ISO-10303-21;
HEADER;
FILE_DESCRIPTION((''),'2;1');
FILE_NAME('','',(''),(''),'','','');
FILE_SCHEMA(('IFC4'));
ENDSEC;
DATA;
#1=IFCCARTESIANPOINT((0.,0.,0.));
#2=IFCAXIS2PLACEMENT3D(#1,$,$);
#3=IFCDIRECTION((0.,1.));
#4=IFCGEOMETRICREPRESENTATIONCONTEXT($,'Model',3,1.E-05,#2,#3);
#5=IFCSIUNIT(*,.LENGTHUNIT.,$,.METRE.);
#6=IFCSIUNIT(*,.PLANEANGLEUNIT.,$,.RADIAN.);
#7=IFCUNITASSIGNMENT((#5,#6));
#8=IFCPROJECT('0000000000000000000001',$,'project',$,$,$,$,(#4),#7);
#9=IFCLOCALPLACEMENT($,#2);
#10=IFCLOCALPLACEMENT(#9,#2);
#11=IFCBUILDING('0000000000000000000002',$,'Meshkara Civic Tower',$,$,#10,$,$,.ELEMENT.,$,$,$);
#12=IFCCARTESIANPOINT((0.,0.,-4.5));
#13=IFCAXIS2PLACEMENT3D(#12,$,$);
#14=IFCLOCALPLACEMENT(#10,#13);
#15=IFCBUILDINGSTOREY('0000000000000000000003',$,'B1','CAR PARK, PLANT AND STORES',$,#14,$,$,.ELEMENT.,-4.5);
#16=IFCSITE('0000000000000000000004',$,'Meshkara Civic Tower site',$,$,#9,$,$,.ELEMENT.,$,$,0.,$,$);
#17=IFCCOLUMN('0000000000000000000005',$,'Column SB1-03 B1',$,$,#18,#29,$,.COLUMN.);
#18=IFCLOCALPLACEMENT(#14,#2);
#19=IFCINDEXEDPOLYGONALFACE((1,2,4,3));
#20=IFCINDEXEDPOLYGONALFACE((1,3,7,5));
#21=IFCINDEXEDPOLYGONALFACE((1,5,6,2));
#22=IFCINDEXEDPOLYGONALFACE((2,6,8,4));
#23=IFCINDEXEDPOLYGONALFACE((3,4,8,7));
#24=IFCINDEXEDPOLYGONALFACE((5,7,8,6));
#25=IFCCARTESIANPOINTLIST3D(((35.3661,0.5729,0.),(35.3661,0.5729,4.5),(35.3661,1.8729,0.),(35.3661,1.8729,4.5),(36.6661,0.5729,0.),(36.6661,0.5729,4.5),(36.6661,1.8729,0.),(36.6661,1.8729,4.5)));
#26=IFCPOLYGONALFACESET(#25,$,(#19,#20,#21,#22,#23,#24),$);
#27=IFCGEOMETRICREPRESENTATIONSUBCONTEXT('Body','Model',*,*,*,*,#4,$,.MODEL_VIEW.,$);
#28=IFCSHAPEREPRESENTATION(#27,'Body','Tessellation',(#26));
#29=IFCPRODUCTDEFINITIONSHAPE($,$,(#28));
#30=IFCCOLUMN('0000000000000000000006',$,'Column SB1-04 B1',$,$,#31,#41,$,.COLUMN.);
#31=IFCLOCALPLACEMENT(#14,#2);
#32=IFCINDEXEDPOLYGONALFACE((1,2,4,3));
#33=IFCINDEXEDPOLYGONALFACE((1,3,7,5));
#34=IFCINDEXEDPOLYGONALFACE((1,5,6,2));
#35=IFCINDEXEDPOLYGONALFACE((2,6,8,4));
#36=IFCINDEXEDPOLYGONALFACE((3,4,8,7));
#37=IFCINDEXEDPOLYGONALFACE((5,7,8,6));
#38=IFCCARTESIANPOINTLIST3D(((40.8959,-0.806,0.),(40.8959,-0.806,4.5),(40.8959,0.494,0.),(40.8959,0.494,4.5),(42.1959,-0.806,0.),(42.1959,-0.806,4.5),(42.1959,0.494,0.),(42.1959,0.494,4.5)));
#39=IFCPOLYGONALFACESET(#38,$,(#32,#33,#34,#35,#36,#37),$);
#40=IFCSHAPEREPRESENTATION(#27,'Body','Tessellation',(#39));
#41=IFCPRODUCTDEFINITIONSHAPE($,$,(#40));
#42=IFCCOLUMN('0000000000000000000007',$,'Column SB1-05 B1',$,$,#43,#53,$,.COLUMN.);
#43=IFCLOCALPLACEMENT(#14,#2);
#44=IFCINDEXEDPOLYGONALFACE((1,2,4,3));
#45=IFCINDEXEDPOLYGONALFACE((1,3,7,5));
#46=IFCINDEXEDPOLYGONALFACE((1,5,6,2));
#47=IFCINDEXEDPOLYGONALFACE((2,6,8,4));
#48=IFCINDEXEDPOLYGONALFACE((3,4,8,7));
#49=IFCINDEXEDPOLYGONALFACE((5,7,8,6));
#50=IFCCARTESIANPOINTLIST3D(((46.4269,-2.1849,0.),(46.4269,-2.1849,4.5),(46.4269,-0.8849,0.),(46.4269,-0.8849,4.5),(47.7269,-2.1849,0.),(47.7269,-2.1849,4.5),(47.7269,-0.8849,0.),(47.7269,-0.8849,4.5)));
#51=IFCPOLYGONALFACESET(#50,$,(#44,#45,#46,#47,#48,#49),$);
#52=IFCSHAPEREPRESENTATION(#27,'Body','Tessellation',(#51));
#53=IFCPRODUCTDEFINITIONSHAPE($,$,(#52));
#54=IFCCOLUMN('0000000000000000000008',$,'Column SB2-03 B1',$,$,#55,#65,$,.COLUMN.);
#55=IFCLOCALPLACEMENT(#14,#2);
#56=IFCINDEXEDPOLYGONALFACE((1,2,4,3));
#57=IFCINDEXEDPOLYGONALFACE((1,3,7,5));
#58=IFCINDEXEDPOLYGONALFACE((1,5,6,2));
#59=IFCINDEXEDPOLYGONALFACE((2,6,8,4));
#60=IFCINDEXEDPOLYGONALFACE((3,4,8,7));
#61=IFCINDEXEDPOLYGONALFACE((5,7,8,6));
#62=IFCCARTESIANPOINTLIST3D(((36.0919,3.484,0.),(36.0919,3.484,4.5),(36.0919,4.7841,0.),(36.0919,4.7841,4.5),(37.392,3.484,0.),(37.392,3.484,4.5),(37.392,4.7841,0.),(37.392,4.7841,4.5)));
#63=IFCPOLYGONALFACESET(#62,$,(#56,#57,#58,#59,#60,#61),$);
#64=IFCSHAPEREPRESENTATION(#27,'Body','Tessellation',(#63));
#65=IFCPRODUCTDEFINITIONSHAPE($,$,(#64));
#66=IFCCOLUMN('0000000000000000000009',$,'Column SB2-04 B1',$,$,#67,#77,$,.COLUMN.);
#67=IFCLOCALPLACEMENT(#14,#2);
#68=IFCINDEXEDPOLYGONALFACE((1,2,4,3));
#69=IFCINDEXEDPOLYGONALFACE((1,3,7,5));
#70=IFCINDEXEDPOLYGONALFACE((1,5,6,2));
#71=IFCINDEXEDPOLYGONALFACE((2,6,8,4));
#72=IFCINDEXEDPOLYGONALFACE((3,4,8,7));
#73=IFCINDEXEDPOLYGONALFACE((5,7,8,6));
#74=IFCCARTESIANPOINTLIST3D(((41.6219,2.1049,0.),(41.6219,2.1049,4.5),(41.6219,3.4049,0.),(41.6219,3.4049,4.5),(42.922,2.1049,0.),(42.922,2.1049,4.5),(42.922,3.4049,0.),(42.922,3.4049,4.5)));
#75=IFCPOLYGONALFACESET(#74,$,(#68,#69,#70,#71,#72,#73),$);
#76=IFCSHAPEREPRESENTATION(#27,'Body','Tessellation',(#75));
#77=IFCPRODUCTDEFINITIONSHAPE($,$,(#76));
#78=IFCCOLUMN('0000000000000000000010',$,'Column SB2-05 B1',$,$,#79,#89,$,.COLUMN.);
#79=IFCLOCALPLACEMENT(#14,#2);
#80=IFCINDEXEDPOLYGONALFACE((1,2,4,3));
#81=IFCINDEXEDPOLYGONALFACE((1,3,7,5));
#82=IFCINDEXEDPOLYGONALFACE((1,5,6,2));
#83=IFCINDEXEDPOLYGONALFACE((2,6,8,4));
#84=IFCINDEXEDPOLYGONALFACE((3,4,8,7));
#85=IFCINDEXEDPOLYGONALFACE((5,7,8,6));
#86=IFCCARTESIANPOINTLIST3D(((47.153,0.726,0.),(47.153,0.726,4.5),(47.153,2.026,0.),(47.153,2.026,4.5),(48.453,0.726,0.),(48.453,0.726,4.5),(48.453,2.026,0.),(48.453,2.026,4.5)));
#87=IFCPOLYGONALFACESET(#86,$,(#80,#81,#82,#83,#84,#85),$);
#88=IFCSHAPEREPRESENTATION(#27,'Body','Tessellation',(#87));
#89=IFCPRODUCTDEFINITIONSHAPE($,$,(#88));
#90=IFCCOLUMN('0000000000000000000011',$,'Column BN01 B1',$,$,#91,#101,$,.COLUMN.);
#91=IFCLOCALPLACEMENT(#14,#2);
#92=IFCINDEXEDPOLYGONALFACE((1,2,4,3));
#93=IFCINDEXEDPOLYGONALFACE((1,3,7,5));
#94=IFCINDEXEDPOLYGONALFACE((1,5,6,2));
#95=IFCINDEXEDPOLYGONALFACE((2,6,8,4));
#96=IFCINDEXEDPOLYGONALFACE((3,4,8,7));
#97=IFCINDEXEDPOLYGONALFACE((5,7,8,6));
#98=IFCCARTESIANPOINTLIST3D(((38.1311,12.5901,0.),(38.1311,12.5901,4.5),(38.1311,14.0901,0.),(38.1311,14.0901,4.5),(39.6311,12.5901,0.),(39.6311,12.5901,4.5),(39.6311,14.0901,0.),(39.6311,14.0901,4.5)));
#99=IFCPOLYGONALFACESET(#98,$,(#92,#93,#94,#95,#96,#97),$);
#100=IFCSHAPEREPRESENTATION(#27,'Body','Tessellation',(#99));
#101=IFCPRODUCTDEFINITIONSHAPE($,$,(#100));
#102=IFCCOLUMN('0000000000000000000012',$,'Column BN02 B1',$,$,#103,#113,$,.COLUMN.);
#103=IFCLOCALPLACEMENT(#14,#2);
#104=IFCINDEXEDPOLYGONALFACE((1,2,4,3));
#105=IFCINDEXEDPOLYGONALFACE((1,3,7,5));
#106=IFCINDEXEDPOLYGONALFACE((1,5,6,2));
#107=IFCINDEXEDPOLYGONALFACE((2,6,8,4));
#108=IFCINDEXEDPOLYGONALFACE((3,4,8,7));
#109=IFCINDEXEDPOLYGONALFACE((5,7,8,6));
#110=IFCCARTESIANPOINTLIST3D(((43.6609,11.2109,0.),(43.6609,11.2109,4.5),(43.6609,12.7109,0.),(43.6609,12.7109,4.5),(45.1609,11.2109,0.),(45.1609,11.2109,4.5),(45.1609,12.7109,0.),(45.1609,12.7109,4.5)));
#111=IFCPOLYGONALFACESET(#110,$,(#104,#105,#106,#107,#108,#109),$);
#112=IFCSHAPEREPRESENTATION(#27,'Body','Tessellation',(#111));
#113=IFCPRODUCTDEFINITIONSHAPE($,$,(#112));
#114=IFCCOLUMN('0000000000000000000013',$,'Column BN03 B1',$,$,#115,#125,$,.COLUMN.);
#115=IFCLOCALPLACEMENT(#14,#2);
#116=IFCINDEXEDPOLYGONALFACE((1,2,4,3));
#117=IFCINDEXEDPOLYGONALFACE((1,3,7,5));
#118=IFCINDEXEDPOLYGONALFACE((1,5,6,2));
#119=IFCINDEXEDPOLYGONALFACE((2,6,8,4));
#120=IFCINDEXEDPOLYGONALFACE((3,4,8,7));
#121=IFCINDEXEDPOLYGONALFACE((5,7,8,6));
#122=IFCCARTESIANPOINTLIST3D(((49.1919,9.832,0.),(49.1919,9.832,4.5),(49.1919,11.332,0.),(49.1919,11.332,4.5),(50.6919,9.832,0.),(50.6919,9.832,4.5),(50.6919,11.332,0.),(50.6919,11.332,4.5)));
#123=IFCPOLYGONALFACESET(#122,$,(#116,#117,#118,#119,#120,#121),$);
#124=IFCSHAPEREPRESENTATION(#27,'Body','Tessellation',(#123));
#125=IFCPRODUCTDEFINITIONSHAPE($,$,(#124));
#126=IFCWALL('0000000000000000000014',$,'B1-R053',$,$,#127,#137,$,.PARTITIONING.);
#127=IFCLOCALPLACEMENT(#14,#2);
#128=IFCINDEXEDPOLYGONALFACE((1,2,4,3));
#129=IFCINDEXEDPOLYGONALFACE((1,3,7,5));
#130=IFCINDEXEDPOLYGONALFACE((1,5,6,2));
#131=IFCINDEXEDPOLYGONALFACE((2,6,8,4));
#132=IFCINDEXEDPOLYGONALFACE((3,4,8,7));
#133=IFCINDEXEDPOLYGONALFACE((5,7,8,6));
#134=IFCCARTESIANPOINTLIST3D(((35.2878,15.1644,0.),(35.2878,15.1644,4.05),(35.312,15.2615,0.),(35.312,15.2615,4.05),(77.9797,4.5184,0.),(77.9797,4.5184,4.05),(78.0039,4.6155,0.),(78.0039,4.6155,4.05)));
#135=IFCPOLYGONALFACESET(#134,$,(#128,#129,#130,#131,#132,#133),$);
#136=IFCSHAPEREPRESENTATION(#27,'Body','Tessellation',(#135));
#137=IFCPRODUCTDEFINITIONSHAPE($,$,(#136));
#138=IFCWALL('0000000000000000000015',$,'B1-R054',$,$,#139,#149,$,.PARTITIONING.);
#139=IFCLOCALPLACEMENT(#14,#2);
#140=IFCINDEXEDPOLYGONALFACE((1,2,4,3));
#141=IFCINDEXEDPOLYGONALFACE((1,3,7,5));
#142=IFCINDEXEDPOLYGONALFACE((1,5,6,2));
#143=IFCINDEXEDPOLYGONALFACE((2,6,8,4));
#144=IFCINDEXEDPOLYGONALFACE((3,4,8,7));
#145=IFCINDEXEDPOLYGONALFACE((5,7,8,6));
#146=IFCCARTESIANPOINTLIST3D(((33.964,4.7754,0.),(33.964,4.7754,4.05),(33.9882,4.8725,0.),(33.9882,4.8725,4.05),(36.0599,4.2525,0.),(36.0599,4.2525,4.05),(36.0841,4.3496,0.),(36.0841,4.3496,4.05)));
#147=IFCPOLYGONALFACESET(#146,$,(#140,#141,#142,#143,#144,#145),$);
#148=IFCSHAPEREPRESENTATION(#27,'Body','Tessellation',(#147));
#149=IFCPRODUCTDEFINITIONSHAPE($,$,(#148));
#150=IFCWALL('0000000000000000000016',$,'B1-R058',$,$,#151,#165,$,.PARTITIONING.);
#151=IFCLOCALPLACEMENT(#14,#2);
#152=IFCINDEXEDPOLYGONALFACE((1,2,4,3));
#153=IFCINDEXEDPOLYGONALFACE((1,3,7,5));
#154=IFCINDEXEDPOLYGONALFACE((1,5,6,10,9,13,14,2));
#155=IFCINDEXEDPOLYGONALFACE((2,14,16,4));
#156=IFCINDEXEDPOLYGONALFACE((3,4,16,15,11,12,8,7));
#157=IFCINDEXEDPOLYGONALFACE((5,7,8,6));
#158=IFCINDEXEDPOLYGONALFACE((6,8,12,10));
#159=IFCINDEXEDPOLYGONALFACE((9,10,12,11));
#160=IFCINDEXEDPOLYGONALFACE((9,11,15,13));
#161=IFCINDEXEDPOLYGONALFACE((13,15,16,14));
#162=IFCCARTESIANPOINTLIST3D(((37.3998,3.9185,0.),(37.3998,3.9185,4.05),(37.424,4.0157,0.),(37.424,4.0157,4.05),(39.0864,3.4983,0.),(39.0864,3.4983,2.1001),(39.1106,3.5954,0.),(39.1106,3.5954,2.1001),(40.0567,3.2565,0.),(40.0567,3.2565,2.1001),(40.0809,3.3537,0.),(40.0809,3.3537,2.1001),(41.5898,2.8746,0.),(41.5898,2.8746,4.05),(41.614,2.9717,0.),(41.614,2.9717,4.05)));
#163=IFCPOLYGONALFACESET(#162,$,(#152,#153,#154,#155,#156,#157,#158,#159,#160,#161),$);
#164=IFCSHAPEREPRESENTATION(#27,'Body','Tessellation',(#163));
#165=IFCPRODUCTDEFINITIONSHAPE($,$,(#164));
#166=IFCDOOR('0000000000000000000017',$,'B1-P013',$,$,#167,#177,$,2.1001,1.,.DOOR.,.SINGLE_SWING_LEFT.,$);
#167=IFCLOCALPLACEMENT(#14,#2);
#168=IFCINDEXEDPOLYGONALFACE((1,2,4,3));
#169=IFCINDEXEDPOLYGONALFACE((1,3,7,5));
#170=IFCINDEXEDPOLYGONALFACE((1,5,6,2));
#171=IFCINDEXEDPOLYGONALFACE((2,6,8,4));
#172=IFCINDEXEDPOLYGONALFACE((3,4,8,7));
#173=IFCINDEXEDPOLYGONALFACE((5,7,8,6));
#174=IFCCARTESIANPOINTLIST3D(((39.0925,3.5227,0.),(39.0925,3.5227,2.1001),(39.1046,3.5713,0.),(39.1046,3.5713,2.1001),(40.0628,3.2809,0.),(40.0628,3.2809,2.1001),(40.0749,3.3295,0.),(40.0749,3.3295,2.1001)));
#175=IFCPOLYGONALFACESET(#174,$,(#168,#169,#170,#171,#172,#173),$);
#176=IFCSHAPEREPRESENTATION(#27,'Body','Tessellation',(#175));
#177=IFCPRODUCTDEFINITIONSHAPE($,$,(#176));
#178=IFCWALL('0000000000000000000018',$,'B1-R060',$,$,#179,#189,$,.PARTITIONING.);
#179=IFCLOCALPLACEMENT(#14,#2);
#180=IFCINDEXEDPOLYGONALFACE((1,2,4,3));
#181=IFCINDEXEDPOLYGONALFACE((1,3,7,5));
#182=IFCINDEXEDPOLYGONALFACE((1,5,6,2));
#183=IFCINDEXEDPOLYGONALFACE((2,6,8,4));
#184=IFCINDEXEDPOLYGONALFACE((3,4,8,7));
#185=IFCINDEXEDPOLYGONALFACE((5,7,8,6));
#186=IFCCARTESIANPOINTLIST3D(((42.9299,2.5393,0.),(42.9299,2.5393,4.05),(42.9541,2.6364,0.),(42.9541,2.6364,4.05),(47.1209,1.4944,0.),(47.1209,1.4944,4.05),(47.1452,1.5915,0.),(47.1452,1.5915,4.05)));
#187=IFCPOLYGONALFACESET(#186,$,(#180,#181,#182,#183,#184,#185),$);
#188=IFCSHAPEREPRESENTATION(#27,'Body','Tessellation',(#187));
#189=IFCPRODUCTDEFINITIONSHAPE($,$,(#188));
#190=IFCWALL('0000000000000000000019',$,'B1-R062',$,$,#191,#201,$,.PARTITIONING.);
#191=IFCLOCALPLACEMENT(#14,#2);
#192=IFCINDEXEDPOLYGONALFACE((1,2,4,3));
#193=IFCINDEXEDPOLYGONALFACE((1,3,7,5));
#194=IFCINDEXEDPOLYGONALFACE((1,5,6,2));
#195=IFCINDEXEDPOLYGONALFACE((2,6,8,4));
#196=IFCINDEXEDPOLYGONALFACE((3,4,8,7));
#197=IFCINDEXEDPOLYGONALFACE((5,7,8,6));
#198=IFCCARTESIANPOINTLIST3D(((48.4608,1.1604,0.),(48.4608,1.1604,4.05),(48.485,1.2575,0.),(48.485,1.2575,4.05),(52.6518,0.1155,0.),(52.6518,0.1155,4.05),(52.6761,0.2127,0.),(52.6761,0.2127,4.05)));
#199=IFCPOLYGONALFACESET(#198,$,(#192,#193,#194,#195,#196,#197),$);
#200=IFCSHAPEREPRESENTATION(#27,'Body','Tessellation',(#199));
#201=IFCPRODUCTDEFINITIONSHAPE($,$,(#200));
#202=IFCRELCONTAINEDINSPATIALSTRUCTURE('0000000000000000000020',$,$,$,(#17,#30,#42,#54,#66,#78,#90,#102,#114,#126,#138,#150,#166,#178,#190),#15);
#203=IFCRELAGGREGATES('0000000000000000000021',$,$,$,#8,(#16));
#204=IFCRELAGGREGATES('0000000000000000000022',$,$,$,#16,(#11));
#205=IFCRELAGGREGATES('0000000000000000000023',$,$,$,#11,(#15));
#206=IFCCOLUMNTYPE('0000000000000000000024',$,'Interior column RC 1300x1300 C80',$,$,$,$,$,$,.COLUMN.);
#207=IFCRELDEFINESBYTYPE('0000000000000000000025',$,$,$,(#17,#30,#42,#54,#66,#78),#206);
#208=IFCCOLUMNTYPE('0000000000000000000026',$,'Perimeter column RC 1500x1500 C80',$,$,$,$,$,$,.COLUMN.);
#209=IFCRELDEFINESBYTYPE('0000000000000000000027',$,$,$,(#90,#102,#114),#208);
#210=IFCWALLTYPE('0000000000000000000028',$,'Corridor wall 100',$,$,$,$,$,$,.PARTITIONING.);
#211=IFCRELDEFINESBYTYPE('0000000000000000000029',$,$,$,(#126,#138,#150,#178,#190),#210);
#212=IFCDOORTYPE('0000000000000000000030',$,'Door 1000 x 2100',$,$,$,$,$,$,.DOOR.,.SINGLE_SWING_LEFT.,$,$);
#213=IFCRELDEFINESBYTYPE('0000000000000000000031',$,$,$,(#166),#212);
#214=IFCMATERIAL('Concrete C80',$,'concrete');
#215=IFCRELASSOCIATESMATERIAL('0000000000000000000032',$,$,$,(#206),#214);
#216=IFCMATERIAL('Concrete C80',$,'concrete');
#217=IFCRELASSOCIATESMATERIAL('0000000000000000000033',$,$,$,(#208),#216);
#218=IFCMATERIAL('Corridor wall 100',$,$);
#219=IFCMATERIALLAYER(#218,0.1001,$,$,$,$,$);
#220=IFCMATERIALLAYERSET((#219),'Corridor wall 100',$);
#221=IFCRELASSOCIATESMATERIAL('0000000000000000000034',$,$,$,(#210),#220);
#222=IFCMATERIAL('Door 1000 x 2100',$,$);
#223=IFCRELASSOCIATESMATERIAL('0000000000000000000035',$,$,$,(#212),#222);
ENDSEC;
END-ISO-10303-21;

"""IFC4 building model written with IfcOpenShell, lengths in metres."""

from ifc_helpers import new_model, si_unit, direction, frame, frame_2d, origin, origin_2d, place, context, subcontext, project, spatial, rectangle, extrude, material, layer, layer_set, material_profile, profile_set, type_object, element, fill, save


model = new_model("IFC4")

# Units and contexts
model_context = context("Model", 3, precision=1e-05, world=origin(), true_north=direction((0.0, 1.0)))
body_context = subcontext(model_context, "Body", "Model", "MODEL_VIEW")
ifc_project = project(units=[si_unit("LENGTHUNIT", "METRE"), si_unit("PLANEANGLEUNIT", "RADIAN")], contexts=[model_context])

# Site, building, storey
site_placement = place(None, origin())
site = spatial("IfcSite", under=ifc_project, at=site_placement, Name="Meshkara Civic Tower site", CompositionType="ELEMENT", RefElevation=0.0)
building_placement = place(site_placement, origin())
building = spatial("IfcBuilding", under=site, at=building_placement, Name="Meshkara Civic Tower", CompositionType="ELEMENT")
storey_placement = place(building_placement, frame((0.0, 0.0, -4.5)))
storey = spatial("IfcBuildingStorey", under=building, at=storey_placement, Name="B1", Description="CAR PARK, PLANT AND STORES", CompositionType="ELEMENT", Elevation=-4.5)

# Columns
ifc_material_1 = material(Name="Concrete C80", Category="concrete")
ifc_material_profile_1 = material_profile(ifc_material_1, rectangle(XDim=1.3, YDim=1.3, at=origin_2d()))
ifc_profile_set_1 = profile_set([ifc_material_profile_1], Name="Concrete C80")
column_type_1 = type_object("IfcColumnType", Name="Interior column RC 1300x1300 C80", PredefinedType="COLUMN", material=ifc_profile_set_1)
for number, where, z_axis, x_axis, name in (
    (1, (36.0161, 1.2229, 0.0), (0.0, 0.0, 1.0), (1.0, 0.0, 0.0), "Column SB1-03 B1"),
    (2, (41.5459, -0.156, 0.0), (0.0, 0.0, 1.0), (1.0, 0.0, 0.0), "Column SB1-04 B1"),
    (3, (47.0769, -1.5349, 0.0), (0.0, 0.0, 1.0), (1.0, 0.0, 0.0), "Column SB1-05 B1"),
    (4, (36.7419, 4.134, 0.0), (0.0, 0.0, 1.0), (1.0, 0.0, 0.0), "Column SB2-03 B1"),
    (5, (42.272, 2.7549, 0.0), (0.0, 0.0, 1.0), (1.0, 0.0, 0.0), "Column SB2-04 B1"),
    (6, (47.803, 1.376, 0.0), (0.0, 0.0, 1.0), (1.0, 0.0, 0.0), "Column SB2-05 B1"),
):
    element("IfcColumn", number, at=place(storey_placement, frame(where, z_axis=z_axis, x_axis=x_axis)), inside=storey, type_object=column_type_1, Name=name, PredefinedType="COLUMN", context=body_context, shape_type="SweptSolid", body=[
        extrude(rectangle(XDim=1.3, YDim=1.3, at=origin_2d()), origin(), (0.0, 0.0, 1.0), 4.5),
    ])
ifc_material_2 = material(Name="Concrete C80", Category="concrete")
ifc_material_profile_2 = material_profile(ifc_material_2, rectangle(XDim=1.5, YDim=1.5, at=origin_2d()))
ifc_profile_set_2 = profile_set([ifc_material_profile_2], Name="Concrete C80")
column_type_2 = type_object("IfcColumnType", Name="Perimeter column RC 1500x1500 C80", PredefinedType="COLUMN", material=ifc_profile_set_2)
for number, where, z_axis, x_axis, name in (
    (7, (38.8811, 13.3401, 0.0), (0.0, 0.0, 1.0), (1.0, 0.0, 0.0), "Column BN01 B1"),
    (8, (44.4109, 11.9609, 0.0), (0.0, 0.0, 1.0), (1.0, 0.0, 0.0), "Column BN02 B1"),
    (9, (49.9419, 10.582, 0.0), (0.0, 0.0, 1.0), (1.0, 0.0, 0.0), "Column BN03 B1"),
):
    element("IfcColumn", number, at=place(storey_placement, frame(where, z_axis=z_axis, x_axis=x_axis)), inside=storey, type_object=column_type_2, Name=name, PredefinedType="COLUMN", context=body_context, shape_type="SweptSolid", body=[
        extrude(rectangle(XDim=1.5, YDim=1.5, at=origin_2d()), origin(), (0.0, 0.0, 1.0), 4.5),
    ])

# Walls
ifc_material_3 = material(Name="Corridor wall 100")
ifc_layer_1 = layer(ifc_material_3, 0.1001)
ifc_layer_set_1 = layer_set([ifc_layer_1], Name="Corridor wall 100")
wall_type_1 = type_object("IfcWallType", Name="Corridor wall 100", PredefinedType="PARTITIONING", material=ifc_layer_set_1)
wall_1_placement = place(storey_placement, frame((35.3, 15.2129, 0.0), z_axis=(0.0, 0.0, 1.0), x_axis=(0.970287, -0.241959, 0.0)))
element("IfcWall", 10, at=wall_1_placement, inside=storey, type_object=wall_type_1, Name="B1-R053", PredefinedType="PARTITIONING", context=body_context, shape_type="SweptSolid", body=[
    extrude(rectangle(XDim=43.9993, YDim=0.1001, at=frame_2d((21.9995, 0.0))), origin(), (0.0, 0.0, 1.0), 4.05),
])
wall_2_placement = place(storey_placement, frame((36.072, 4.301, 0.0), z_axis=(0.0, 0.0, 1.0), x_axis=(-0.970255, 0.242084, 0.0)))
element("IfcWall", 11, at=wall_2_placement, inside=storey, type_object=wall_type_1, Name="B1-R054", PredefinedType="PARTITIONING", context=body_context, shape_type="SweptSolid", body=[
    extrude(rectangle(XDim=2.1602, YDim=0.1001, at=frame_2d((1.0801, 0.0))), origin(), (0.0, 0.0, 1.0), 4.05),
])

# Wall, opening, door
wall_3_placement = place(storey_placement, frame((41.6021, 2.9231, 0.0), z_axis=(0.0, 0.0, 1.0), x_axis=(-0.970335, 0.241764, 0.0)))
wall_3 = element("IfcWall", 12, at=wall_3_placement, inside=storey, type_object=wall_type_1, Name="B1-R058", PredefinedType="PARTITIONING", context=body_context, shape_type="SweptSolid", body=[
    extrude(rectangle(XDim=4.3181, YDim=0.1001, at=frame_2d((2.1592, 0.0))), origin(), (0.0, 0.0, 1.0), 4.05),
])
opening_1_placement = place(wall_3_placement, frame((1.5801, 0.0, 0.0)))
opening_1 = element("IfcOpeningElement", 13, at=opening_1_placement, cuts=wall_3, PredefinedType="OPENING", context=body_context, shape_type="SweptSolid", body=[
    extrude(rectangle(XDim=1.0, YDim=2.1001, at=frame_2d((0.5, 1.05))), frame((0.0, 0.0601, 0.0), z_axis=(0.0, -1.0, 0.0), x_axis=(1.0, 0.0, 0.0)), (0.0, 0.0, 1.0), 0.1201),
])
ifc_material_4 = material(Name="Door 1000 x 2100")
door_type_1 = type_object("IfcDoorType", Name="Door 1000 x 2100", OperationType="SINGLE_SWING_LEFT", PredefinedType="DOOR", material=ifc_material_4)
door_1_placement = place(opening_1_placement, origin())
door_1 = element("IfcDoor", 14, at=door_1_placement, inside=storey, type_object=door_type_1, Name="B1-P013", OperationType="SINGLE_SWING_LEFT", OverallHeight=2.1001, OverallWidth=1.0, PredefinedType="DOOR", context=body_context, shape_type="SweptSolid", body=[
    extrude(rectangle(XDim=1.0, YDim=2.1001, at=frame_2d((0.5, 1.05))), frame((0.0, 0.0249, 0.0), z_axis=(0.0, -1.0, 0.0), x_axis=(1.0, 0.0, 0.0)), (0.0, 0.0, 1.0), 0.05),
])
fill(opening_1, door_1)

# Walls
for number, where, z_axis, x_axis, name in (
    (15, (47.1331, 1.543, 0.0), (0.0, 0.0, 1.0), (-0.970299, 0.241911, 0.0), "B1-R060"),
    (16, (48.4729, 1.209, 0.0), (0.0, 0.0, 1.0), (0.970299, -0.241911, 0.0), "B1-R062"),
):
    element("IfcWall", number, at=place(storey_placement, frame(where, z_axis=z_axis, x_axis=x_axis)), inside=storey, type_object=wall_type_1, Name=name, PredefinedType="PARTITIONING", context=body_context, shape_type="SweptSolid", body=[
        extrude(rectangle(XDim=4.3193, YDim=0.1001, at=frame_2d((2.1597, 0.0))), origin(), (0.0, 0.0, 1.0), 4.05),
    ])

save(model, "model.ifc")
